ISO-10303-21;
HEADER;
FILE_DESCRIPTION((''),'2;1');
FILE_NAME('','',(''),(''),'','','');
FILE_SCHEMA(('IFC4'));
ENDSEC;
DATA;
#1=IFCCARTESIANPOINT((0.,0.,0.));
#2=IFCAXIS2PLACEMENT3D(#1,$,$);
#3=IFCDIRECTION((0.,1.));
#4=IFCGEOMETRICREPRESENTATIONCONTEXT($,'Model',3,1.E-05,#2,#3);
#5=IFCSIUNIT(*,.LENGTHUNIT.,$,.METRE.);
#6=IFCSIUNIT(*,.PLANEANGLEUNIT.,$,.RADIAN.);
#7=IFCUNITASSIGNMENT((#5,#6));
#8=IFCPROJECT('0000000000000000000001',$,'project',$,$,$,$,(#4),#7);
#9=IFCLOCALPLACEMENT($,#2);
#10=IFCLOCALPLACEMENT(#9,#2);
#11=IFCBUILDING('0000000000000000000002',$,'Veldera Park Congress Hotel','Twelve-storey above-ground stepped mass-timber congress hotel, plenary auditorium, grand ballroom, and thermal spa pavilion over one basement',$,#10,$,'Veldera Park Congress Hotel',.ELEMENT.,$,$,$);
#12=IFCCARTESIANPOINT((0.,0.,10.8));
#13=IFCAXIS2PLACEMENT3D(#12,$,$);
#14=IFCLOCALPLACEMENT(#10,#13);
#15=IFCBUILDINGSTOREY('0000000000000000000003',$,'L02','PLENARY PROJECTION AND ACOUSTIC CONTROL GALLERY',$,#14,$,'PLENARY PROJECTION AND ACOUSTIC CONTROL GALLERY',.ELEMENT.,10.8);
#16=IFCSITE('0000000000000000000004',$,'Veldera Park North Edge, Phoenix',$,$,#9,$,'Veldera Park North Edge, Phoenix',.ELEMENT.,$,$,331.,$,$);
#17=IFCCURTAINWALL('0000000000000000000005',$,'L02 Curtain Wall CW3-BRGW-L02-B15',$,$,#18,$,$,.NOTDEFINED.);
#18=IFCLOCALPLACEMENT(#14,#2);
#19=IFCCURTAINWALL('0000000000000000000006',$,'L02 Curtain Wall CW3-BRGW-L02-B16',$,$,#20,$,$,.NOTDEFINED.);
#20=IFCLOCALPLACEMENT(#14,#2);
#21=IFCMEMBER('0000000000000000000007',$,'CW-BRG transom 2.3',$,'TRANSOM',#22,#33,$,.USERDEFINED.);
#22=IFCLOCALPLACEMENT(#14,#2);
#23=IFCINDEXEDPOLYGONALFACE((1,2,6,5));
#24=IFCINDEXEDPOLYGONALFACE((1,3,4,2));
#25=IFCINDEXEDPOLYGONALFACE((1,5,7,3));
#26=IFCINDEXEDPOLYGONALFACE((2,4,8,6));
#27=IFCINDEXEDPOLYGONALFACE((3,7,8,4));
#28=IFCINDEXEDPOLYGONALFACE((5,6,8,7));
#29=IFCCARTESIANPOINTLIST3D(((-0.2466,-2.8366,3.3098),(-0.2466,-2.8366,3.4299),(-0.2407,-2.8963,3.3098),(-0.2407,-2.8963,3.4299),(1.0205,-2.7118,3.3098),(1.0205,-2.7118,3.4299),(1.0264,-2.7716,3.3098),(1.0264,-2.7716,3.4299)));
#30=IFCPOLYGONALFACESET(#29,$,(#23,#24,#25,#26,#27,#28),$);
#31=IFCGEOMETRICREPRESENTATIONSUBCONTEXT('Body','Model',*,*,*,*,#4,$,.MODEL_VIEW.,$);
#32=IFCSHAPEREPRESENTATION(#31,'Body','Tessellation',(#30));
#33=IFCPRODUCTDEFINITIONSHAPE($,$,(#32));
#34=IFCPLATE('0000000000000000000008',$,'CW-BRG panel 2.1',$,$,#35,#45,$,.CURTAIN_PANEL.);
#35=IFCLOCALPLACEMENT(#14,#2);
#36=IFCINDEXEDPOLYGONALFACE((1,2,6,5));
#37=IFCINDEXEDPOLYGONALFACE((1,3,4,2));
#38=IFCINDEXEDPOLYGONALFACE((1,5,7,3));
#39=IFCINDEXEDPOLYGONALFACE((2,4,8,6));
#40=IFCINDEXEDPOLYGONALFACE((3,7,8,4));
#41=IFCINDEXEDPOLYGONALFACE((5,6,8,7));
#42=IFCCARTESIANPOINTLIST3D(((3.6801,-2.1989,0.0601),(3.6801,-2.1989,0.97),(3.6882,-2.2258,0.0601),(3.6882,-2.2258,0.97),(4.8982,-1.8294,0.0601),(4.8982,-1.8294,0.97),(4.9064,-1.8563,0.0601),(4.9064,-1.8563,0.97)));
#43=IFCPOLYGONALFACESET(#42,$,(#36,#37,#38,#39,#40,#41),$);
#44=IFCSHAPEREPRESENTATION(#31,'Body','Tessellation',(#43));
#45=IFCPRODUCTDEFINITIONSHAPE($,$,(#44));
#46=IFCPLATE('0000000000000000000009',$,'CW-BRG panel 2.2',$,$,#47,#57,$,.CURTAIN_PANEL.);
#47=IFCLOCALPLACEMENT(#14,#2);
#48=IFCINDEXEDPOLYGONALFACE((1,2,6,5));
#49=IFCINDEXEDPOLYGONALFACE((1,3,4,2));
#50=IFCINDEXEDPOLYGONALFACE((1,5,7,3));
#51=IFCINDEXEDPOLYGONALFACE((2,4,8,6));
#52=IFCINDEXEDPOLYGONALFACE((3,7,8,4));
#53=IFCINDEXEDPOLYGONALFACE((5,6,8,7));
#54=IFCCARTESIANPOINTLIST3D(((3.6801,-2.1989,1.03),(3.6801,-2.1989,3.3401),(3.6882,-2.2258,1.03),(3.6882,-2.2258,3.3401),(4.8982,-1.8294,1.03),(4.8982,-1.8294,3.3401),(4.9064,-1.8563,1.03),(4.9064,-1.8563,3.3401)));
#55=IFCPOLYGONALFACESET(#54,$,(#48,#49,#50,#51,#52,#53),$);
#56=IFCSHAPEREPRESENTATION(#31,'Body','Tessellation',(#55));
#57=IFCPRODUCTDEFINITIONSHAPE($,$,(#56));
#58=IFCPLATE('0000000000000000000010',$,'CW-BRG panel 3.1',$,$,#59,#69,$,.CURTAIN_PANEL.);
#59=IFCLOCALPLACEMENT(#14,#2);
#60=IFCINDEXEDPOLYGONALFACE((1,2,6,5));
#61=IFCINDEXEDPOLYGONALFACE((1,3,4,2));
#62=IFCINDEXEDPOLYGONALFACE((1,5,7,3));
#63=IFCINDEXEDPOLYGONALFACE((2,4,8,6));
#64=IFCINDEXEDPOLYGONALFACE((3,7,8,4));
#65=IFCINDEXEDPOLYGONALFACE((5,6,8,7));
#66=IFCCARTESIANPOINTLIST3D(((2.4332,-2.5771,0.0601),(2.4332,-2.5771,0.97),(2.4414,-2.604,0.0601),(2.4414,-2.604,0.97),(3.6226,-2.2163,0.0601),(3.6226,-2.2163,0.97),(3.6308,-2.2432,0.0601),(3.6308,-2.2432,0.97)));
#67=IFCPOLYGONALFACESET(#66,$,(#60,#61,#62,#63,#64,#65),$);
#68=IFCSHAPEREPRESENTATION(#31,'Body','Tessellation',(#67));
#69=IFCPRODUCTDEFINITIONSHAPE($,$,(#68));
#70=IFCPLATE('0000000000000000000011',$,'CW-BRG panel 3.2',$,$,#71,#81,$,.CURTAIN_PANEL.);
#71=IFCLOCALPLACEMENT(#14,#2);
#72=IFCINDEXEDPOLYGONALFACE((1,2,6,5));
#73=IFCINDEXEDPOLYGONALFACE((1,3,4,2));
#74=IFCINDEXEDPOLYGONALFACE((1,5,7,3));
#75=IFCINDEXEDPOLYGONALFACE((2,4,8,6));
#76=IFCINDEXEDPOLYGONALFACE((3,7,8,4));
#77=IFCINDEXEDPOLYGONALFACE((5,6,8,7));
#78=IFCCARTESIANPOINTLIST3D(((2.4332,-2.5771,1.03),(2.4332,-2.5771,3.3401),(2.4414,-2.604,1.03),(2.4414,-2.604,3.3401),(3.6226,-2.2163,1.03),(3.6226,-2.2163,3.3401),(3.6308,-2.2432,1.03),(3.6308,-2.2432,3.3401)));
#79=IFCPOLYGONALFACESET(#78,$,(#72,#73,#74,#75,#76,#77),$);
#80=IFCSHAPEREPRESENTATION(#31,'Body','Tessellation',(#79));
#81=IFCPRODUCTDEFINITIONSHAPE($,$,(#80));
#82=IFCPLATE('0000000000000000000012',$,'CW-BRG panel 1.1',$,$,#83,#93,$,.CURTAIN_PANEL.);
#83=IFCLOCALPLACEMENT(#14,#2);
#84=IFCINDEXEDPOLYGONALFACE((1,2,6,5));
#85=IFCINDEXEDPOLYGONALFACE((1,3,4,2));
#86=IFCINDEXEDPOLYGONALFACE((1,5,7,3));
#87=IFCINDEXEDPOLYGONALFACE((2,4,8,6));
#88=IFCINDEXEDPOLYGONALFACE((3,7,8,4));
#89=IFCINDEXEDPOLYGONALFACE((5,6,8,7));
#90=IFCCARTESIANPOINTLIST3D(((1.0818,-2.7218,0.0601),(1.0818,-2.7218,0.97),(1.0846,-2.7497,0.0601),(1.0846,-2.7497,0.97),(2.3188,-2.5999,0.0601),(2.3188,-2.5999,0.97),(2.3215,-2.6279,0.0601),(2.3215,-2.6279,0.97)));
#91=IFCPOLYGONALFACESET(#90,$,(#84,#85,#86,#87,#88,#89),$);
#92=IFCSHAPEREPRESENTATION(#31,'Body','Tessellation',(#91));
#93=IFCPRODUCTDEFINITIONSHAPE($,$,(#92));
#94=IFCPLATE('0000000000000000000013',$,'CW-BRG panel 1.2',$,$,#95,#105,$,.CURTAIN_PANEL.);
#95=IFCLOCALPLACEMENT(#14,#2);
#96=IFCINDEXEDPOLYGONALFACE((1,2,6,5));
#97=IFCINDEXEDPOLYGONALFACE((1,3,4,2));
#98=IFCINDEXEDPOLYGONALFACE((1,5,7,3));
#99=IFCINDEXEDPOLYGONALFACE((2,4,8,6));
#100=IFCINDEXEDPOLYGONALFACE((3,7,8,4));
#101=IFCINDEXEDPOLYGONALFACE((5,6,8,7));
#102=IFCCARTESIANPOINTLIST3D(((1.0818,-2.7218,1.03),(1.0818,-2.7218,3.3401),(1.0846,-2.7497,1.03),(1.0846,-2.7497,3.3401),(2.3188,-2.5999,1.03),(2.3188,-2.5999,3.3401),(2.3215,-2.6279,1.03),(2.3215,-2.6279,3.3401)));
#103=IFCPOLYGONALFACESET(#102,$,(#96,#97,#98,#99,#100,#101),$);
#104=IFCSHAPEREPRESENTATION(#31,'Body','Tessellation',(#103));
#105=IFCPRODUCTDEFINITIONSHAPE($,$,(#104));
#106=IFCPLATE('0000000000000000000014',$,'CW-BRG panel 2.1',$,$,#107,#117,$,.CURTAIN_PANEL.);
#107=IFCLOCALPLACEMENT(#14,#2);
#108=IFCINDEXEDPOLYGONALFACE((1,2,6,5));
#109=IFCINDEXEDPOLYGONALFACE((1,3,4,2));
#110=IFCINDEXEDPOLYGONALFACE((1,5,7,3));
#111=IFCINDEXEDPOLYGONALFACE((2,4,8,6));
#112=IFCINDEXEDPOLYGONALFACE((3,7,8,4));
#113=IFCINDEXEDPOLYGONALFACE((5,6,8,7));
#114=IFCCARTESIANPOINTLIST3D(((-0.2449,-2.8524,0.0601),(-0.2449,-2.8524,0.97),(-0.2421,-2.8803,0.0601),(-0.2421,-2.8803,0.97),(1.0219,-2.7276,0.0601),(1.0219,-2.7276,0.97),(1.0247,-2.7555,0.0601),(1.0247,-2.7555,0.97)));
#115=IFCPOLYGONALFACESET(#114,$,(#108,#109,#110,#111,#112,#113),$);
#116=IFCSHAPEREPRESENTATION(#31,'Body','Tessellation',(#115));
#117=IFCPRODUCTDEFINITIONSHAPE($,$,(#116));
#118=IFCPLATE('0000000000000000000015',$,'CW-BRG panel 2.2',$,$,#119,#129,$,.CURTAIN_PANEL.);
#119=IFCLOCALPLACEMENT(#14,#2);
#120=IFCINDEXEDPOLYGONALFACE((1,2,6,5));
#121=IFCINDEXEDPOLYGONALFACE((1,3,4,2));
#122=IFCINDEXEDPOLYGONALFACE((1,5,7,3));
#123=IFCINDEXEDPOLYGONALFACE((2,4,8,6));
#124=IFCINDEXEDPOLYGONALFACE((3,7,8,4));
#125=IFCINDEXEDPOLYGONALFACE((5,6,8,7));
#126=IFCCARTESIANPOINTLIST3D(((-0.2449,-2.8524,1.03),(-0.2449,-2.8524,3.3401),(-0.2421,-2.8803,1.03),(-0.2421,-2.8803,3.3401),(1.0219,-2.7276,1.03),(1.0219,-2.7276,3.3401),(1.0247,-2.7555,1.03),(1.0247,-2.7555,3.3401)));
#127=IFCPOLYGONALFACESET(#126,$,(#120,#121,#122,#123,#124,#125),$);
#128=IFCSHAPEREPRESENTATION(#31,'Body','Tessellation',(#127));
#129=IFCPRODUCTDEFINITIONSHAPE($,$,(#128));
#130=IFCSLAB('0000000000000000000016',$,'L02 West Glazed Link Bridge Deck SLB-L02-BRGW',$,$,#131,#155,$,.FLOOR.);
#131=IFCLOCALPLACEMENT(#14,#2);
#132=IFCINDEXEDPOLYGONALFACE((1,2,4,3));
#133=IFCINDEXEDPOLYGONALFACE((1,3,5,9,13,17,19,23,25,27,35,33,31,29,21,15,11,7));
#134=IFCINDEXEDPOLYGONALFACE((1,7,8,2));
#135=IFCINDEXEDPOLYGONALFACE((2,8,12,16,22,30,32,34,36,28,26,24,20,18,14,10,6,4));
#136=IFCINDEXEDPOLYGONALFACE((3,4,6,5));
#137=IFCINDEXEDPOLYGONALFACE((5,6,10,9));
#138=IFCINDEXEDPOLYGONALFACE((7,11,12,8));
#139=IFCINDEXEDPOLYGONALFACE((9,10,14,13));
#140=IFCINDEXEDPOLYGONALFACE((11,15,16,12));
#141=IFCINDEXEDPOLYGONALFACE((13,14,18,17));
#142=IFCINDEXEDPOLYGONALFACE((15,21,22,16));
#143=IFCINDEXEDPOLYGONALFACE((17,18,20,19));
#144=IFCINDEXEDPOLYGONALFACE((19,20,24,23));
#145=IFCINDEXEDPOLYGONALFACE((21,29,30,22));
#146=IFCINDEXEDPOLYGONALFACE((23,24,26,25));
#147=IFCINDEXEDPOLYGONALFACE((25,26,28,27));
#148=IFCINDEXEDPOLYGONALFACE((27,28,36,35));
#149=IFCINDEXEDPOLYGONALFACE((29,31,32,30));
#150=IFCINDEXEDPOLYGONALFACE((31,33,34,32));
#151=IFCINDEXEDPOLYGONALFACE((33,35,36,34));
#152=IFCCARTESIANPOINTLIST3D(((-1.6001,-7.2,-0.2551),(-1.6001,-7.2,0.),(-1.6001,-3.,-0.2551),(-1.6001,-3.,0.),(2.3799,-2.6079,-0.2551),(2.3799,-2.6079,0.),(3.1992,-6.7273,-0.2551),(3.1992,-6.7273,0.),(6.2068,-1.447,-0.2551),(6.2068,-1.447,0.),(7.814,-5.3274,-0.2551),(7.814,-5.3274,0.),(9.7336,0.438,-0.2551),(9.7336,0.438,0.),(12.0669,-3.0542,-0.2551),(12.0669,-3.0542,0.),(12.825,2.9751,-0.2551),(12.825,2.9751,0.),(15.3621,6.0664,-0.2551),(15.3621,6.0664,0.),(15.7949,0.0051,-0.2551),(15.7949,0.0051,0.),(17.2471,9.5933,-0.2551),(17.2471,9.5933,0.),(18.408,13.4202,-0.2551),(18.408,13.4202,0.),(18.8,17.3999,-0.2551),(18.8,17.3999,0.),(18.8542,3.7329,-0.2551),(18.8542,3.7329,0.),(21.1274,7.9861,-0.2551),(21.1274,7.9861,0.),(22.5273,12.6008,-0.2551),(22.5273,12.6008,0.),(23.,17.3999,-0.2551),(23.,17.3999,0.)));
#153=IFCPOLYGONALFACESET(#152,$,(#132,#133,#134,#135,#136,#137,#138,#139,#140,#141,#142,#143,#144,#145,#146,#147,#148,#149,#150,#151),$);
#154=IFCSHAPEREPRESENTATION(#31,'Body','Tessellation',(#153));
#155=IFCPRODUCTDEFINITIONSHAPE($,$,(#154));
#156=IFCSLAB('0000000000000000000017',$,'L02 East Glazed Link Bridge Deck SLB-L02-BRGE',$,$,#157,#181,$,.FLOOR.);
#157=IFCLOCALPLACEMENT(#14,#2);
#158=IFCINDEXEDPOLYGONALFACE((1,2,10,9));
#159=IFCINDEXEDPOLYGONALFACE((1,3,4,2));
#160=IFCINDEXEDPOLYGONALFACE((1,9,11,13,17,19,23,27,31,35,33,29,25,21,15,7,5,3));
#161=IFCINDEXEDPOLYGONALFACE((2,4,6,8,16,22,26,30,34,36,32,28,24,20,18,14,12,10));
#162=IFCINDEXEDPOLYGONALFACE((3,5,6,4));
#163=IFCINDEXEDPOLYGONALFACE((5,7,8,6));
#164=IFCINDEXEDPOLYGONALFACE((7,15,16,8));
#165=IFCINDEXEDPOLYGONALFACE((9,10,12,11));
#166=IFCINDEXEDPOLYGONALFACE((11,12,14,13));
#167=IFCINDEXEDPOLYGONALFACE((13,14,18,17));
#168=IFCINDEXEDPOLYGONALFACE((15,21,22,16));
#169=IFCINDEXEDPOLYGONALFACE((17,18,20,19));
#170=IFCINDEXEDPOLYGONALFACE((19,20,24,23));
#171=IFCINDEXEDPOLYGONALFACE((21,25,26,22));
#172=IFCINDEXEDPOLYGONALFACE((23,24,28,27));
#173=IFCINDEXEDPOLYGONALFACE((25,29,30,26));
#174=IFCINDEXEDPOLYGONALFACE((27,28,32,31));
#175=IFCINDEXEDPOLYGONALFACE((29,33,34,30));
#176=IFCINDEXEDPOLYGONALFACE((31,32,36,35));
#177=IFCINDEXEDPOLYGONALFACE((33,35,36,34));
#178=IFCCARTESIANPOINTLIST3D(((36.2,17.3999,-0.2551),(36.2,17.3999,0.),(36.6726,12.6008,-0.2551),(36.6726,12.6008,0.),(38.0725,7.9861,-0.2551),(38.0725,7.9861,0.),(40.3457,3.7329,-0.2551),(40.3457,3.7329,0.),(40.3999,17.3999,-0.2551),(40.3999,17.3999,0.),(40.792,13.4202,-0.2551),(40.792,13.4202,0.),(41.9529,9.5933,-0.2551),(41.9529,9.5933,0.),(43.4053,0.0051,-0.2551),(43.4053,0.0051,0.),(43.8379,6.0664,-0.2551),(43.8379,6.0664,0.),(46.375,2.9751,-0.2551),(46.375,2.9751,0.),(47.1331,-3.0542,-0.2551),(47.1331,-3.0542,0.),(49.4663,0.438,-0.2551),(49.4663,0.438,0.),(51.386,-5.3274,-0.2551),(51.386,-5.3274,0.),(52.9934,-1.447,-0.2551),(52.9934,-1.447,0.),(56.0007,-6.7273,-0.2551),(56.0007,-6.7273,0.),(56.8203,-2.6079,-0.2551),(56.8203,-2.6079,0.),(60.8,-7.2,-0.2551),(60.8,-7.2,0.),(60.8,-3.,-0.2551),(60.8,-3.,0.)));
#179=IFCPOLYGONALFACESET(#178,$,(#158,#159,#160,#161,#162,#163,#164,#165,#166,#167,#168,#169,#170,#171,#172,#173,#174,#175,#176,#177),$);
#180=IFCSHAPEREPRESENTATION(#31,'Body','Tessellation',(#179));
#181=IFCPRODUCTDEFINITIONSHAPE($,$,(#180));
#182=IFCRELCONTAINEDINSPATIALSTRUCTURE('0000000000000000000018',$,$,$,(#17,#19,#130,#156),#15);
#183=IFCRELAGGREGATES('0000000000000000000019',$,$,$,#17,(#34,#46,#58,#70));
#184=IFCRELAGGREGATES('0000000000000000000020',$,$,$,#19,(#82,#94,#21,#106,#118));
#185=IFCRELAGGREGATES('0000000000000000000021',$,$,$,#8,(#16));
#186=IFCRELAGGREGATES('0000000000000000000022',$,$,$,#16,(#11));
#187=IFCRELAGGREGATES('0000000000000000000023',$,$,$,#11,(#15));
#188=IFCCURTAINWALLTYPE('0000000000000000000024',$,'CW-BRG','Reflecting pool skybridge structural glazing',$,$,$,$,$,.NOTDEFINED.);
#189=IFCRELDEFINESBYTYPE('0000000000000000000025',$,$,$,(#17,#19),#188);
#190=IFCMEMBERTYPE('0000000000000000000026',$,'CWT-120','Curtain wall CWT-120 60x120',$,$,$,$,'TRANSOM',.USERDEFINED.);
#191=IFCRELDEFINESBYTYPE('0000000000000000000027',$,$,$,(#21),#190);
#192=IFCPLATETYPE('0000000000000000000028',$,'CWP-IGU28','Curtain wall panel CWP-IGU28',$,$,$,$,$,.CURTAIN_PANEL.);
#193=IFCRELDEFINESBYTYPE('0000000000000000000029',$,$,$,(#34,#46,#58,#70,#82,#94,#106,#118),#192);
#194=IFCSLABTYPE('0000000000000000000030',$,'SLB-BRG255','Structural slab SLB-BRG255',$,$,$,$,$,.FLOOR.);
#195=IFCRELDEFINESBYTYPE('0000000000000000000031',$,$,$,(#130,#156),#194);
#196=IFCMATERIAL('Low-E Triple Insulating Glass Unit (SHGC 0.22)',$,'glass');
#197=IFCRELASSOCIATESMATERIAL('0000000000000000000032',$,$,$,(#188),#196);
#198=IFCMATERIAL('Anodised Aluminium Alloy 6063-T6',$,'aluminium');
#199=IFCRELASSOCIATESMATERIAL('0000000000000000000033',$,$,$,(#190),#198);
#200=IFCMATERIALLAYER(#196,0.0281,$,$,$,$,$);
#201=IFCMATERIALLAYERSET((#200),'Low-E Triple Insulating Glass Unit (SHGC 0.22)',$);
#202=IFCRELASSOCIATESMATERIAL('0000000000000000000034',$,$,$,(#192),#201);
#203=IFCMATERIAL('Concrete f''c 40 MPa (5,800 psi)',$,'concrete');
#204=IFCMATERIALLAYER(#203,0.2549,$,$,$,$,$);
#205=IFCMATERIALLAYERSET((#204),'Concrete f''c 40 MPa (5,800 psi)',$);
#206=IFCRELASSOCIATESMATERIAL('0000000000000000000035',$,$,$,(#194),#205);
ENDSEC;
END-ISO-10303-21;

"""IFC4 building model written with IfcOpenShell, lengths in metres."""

from ifc_helpers import new_model, si_unit, direction, frame, origin, origin_2d, place, context, subcontext, project, spatial, polyline, rectangle, outline, extrude, material, layer, layer_set, material_profile, profile_set, type_object, element, aggregate, save


model = new_model("IFC4")

# Units and contexts
model_context = context("Model", 3, precision=1e-05, world=origin(), true_north=direction((0.0, 1.0)))
body_context = subcontext(model_context, "Body", "Model", "MODEL_VIEW")
ifc_project = project(units=[si_unit("LENGTHUNIT", "METRE"), si_unit("PLANEANGLEUNIT", "RADIAN")], contexts=[model_context])

# Site, building, storey
site_placement = place(None, origin())
site = spatial("IfcSite", under=ifc_project, at=site_placement, Name="Veldera Park North Edge, Phoenix", LongName="Veldera Park North Edge, Phoenix", CompositionType="ELEMENT", RefElevation=331.0)
building_placement = place(site_placement, origin())
building = spatial("IfcBuilding", under=site, at=building_placement, Name="Veldera Park Congress Hotel", Description="Twelve-storey above-ground stepped mass-timber congress hotel, plenary auditorium, grand ballroom, and thermal spa pavilion over one basement", LongName="Veldera Park Congress Hotel", CompositionType="ELEMENT")
storey_placement = place(building_placement, frame((0.0, 0.0, 10.8)))
storey = spatial("IfcBuildingStorey", under=building, at=storey_placement, Name="L02", Description="PLENARY PROJECTION AND ACOUSTIC CONTROL GALLERY", LongName="PLENARY PROJECTION AND ACOUSTIC CONTROL GALLERY", CompositionType="ELEMENT", Elevation=10.8)

# Curtain walls
ifc_material_1 = material(Name="Low-E Triple Insulating Glass Unit (SHGC 0.22)", Category="glass")
curtain_wall_type = type_object("IfcCurtainWallType", Name="CW-BRG", Description="Reflecting pool skybridge structural glazing", PredefinedType="NOTDEFINED", material=ifc_material_1)
curtain_wall_1_placement = place(storey_placement, origin())
curtain_wall_1 = element("IfcCurtainWall", 1, at=curtain_wall_1_placement, inside=storey, type_object=curtain_wall_type, Name="L02 Curtain Wall CW3-BRGW-L02-B15", PredefinedType="NOTDEFINED")
ifc_material_2 = material(Name="Anodised Aluminium Alloy 6063-T6", Category="aluminium")
curtain_wall_2_placement = place(storey_placement, origin())
curtain_wall_2 = element("IfcCurtainWall", 2, at=curtain_wall_2_placement, inside=storey, type_object=curtain_wall_type, Name="L02 Curtain Wall CW3-BRGW-L02-B16", PredefinedType="NOTDEFINED")

# Member
ifc_material_profile_1 = material_profile(ifc_material_2, rectangle(XDim=0.0601, YDim=0.1201, at=origin_2d()), Name="ALU 60x120")
ifc_profile_set_1 = profile_set([ifc_material_profile_1], Name="Anodised Aluminium Alloy 6063-T6")
member_type_1 = type_object("IfcMemberType", Name="CWT-120", Description="Curtain wall CWT-120 60x120", ElementType="TRANSOM", PredefinedType="USERDEFINED", material=ifc_profile_set_1)
member_1_placement = place(storey_placement, frame((1.0234, -2.7417, 3.3699), z_axis=(-0.995188, -0.097985, 0.0), x_axis=(0.097985, -0.995188, 0.0)))
member_1 = element("IfcMember", 3, at=member_1_placement, type_object=member_type_1, Name="CW-BRG transom 2.3", ObjectType="TRANSOM", PredefinedType="USERDEFINED", context=body_context, shape_type="SweptSolid", body=[
    extrude(rectangle(XDim=0.0601, YDim=0.1201, at=origin_2d()), origin(), (0.0, 0.0, 1.0), 1.2732),
])

# Plates
ifc_layer_1 = layer(ifc_material_1, 0.0281)
ifc_layer_set_1 = layer_set([ifc_layer_1], Name="Low-E Triple Insulating Glass Unit (SHGC 0.22)")
plate_type = type_object("IfcPlateType", Name="CWP-IGU28", Description="Curtain wall panel CWP-IGU28", PredefinedType="CURTAIN_PANEL", material=ifc_layer_set_1)
plate_1_placement = place(storey_placement, frame((4.2932, -2.0276, 0.0601), z_axis=(0.0, 0.0, 1.0), x_axis=(-0.956939, -0.29029, 0.0)))
plate_1 = element("IfcPlate", 4, at=plate_1_placement, type_object=plate_type, Name="CW-BRG panel 2.1", PredefinedType="CURTAIN_PANEL", context=body_context, shape_type="SweptSolid", body=[
    extrude(rectangle(XDim=1.2729, YDim=0.0281, at=origin_2d()), origin(), (0.0, 0.0, 1.0), 0.9099),
])
plate_2_placement = place(storey_placement, frame((4.2932, -2.0276, 1.03), z_axis=(0.0, 0.0, 1.0), x_axis=(-0.956939, -0.29029, 0.0)))
plate_2 = element("IfcPlate", 5, at=plate_2_placement, type_object=plate_type, Name="CW-BRG panel 2.2", PredefinedType="CURTAIN_PANEL", context=body_context, shape_type="SweptSolid", body=[
    extrude(rectangle(XDim=1.2729, YDim=0.0281, at=origin_2d()), origin(), (0.0, 0.0, 1.0), 2.3101),
])
plate_3_placement = place(storey_placement, frame((3.032, -2.4102, 0.0601), z_axis=(0.0, 0.0, 1.0), x_axis=(-0.956939, -0.29029, 0.0)))
plate_3 = element("IfcPlate", 6, at=plate_3_placement, type_object=plate_type, Name="CW-BRG panel 3.1", PredefinedType="CURTAIN_PANEL", context=body_context, shape_type="SweptSolid", body=[
    extrude(rectangle(XDim=1.2429, YDim=0.0281, at=origin_2d()), origin(), (0.0, 0.0, 1.0), 0.9099),
])
plate_4_placement = place(storey_placement, frame((3.032, -2.4102, 1.03), z_axis=(0.0, 0.0, 1.0), x_axis=(-0.956939, -0.29029, 0.0)))
plate_4 = element("IfcPlate", 7, at=plate_4_placement, type_object=plate_type, Name="CW-BRG panel 3.2", PredefinedType="CURTAIN_PANEL", context=body_context, shape_type="SweptSolid", body=[
    extrude(rectangle(XDim=1.2429, YDim=0.0281, at=origin_2d()), origin(), (0.0, 0.0, 1.0), 2.3101),
])
aggregate(curtain_wall_1, [plate_1, plate_2, plate_3, plate_4])
plate_5_placement = place(storey_placement, frame((1.7017, -2.6748, 0.0601), z_axis=(0.0, 0.0, 1.0), x_axis=(-0.995184, -0.098023, 0.0)))
plate_5 = element("IfcPlate", 8, at=plate_5_placement, type_object=plate_type, Name="CW-BRG panel 1.1", PredefinedType="CURTAIN_PANEL", context=body_context, shape_type="SweptSolid", body=[
    extrude(rectangle(XDim=1.2429, YDim=0.0281, at=origin_2d()), origin(), (0.0, 0.0, 1.0), 0.9099),
])
plate_6_placement = place(storey_placement, frame((1.7017, -2.6748, 1.03), z_axis=(0.0, 0.0, 1.0), x_axis=(-0.995184, -0.098023, 0.0)))
plate_6 = element("IfcPlate", 9, at=plate_6_placement, type_object=plate_type, Name="CW-BRG panel 1.2", PredefinedType="CURTAIN_PANEL", context=body_context, shape_type="SweptSolid", body=[
    extrude(rectangle(XDim=1.2429, YDim=0.0281, at=origin_2d()), origin(), (0.0, 0.0, 1.0), 2.3101),
])
plate_7_placement = place(storey_placement, frame((0.3899, -2.804, 0.0601), z_axis=(0.0, 0.0, 1.0), x_axis=(-0.995184, -0.098023, 0.0)))
plate_7 = element("IfcPlate", 10, at=plate_7_placement, type_object=plate_type, Name="CW-BRG panel 2.1", PredefinedType="CURTAIN_PANEL", context=body_context, shape_type="SweptSolid", body=[
    extrude(rectangle(XDim=1.2729, YDim=0.0281, at=origin_2d()), origin(), (0.0, 0.0, 1.0), 0.9099),
])
plate_8_placement = place(storey_placement, frame((0.3899, -2.804, 1.03), z_axis=(0.0, 0.0, 1.0), x_axis=(-0.995184, -0.098023, 0.0)))
plate_8 = element("IfcPlate", 11, at=plate_8_placement, type_object=plate_type, Name="CW-BRG panel 2.2", PredefinedType="CURTAIN_PANEL", context=body_context, shape_type="SweptSolid", body=[
    extrude(rectangle(XDim=1.2729, YDim=0.0281, at=origin_2d()), origin(), (0.0, 0.0, 1.0), 2.3101),
])
aggregate(curtain_wall_2, [plate_5, plate_6, member_1, plate_7, plate_8])

# Slabs
ifc_material_3 = material(Name="Concrete f'c 40 MPa (5,800 psi)", Category="concrete")
ifc_layer_2 = layer(ifc_material_3, 0.2549)
ifc_layer_set_2 = layer_set([ifc_layer_2], Name="Concrete f'c 40 MPa (5,800 psi)")
slab_type_1 = type_object("IfcSlabType", Name="SLB-BRG255", Description="Structural slab SLB-BRG255", PredefinedType="FLOOR", material=ifc_layer_set_2)
slab_1_placement = place(storey_placement, frame((0.0, 0.0, -0.2551)))
element("IfcSlab", 12, at=slab_1_placement, inside=storey, type_object=slab_type_1, Name="L02 West Glazed Link Bridge Deck SLB-L02-BRGW", PredefinedType="FLOOR", context=body_context, shape_type="SweptSolid", body=[
    extrude(outline(polyline([(-1.6001, -7.2), (3.1992, -6.7273), (7.814, -5.3274), (12.0669, -3.0542), (15.7949, 0.0051), (18.8542, 3.7329), (21.1274, 7.9861), (22.5273, 12.6008), (23.0, 17.3999), (18.8, 17.3999), (18.408, 13.4202), (17.2471, 9.5933), (15.3621, 6.0664), (12.825, 2.9751), (9.7336, 0.438), (6.2068, -1.447), (2.3799, -2.6079), (-1.6001, -3.0), (-1.6001, -7.2)])), origin(), (0.0, 0.0, 1.0), 0.2551),
])
slab_2_placement = place(storey_placement, frame((0.0, 0.0, -0.2551)))
element("IfcSlab", 13, at=slab_2_placement, inside=storey, type_object=slab_type_1, Name="L02 East Glazed Link Bridge Deck SLB-L02-BRGE", PredefinedType="FLOOR", context=body_context, shape_type="SweptSolid", body=[
    extrude(outline(polyline([(36.2, 17.3999), (36.6726, 12.6008), (38.0725, 7.9861), (40.3457, 3.7329), (43.4053, 0.0051), (47.1331, -3.0542), (51.386, -5.3274), (56.0007, -6.7273), (60.8, -7.2), (60.8, -3.0), (56.8203, -2.6079), (52.9934, -1.447), (49.4663, 0.438), (46.375, 2.9751), (43.8379, 6.0664), (41.9529, 9.5933), (40.792, 13.4202), (40.3999, 17.3999), (36.2, 17.3999)])), origin(), (0.0, 0.0, 1.0), 0.2551),
])

save(model, "model.ifc")
